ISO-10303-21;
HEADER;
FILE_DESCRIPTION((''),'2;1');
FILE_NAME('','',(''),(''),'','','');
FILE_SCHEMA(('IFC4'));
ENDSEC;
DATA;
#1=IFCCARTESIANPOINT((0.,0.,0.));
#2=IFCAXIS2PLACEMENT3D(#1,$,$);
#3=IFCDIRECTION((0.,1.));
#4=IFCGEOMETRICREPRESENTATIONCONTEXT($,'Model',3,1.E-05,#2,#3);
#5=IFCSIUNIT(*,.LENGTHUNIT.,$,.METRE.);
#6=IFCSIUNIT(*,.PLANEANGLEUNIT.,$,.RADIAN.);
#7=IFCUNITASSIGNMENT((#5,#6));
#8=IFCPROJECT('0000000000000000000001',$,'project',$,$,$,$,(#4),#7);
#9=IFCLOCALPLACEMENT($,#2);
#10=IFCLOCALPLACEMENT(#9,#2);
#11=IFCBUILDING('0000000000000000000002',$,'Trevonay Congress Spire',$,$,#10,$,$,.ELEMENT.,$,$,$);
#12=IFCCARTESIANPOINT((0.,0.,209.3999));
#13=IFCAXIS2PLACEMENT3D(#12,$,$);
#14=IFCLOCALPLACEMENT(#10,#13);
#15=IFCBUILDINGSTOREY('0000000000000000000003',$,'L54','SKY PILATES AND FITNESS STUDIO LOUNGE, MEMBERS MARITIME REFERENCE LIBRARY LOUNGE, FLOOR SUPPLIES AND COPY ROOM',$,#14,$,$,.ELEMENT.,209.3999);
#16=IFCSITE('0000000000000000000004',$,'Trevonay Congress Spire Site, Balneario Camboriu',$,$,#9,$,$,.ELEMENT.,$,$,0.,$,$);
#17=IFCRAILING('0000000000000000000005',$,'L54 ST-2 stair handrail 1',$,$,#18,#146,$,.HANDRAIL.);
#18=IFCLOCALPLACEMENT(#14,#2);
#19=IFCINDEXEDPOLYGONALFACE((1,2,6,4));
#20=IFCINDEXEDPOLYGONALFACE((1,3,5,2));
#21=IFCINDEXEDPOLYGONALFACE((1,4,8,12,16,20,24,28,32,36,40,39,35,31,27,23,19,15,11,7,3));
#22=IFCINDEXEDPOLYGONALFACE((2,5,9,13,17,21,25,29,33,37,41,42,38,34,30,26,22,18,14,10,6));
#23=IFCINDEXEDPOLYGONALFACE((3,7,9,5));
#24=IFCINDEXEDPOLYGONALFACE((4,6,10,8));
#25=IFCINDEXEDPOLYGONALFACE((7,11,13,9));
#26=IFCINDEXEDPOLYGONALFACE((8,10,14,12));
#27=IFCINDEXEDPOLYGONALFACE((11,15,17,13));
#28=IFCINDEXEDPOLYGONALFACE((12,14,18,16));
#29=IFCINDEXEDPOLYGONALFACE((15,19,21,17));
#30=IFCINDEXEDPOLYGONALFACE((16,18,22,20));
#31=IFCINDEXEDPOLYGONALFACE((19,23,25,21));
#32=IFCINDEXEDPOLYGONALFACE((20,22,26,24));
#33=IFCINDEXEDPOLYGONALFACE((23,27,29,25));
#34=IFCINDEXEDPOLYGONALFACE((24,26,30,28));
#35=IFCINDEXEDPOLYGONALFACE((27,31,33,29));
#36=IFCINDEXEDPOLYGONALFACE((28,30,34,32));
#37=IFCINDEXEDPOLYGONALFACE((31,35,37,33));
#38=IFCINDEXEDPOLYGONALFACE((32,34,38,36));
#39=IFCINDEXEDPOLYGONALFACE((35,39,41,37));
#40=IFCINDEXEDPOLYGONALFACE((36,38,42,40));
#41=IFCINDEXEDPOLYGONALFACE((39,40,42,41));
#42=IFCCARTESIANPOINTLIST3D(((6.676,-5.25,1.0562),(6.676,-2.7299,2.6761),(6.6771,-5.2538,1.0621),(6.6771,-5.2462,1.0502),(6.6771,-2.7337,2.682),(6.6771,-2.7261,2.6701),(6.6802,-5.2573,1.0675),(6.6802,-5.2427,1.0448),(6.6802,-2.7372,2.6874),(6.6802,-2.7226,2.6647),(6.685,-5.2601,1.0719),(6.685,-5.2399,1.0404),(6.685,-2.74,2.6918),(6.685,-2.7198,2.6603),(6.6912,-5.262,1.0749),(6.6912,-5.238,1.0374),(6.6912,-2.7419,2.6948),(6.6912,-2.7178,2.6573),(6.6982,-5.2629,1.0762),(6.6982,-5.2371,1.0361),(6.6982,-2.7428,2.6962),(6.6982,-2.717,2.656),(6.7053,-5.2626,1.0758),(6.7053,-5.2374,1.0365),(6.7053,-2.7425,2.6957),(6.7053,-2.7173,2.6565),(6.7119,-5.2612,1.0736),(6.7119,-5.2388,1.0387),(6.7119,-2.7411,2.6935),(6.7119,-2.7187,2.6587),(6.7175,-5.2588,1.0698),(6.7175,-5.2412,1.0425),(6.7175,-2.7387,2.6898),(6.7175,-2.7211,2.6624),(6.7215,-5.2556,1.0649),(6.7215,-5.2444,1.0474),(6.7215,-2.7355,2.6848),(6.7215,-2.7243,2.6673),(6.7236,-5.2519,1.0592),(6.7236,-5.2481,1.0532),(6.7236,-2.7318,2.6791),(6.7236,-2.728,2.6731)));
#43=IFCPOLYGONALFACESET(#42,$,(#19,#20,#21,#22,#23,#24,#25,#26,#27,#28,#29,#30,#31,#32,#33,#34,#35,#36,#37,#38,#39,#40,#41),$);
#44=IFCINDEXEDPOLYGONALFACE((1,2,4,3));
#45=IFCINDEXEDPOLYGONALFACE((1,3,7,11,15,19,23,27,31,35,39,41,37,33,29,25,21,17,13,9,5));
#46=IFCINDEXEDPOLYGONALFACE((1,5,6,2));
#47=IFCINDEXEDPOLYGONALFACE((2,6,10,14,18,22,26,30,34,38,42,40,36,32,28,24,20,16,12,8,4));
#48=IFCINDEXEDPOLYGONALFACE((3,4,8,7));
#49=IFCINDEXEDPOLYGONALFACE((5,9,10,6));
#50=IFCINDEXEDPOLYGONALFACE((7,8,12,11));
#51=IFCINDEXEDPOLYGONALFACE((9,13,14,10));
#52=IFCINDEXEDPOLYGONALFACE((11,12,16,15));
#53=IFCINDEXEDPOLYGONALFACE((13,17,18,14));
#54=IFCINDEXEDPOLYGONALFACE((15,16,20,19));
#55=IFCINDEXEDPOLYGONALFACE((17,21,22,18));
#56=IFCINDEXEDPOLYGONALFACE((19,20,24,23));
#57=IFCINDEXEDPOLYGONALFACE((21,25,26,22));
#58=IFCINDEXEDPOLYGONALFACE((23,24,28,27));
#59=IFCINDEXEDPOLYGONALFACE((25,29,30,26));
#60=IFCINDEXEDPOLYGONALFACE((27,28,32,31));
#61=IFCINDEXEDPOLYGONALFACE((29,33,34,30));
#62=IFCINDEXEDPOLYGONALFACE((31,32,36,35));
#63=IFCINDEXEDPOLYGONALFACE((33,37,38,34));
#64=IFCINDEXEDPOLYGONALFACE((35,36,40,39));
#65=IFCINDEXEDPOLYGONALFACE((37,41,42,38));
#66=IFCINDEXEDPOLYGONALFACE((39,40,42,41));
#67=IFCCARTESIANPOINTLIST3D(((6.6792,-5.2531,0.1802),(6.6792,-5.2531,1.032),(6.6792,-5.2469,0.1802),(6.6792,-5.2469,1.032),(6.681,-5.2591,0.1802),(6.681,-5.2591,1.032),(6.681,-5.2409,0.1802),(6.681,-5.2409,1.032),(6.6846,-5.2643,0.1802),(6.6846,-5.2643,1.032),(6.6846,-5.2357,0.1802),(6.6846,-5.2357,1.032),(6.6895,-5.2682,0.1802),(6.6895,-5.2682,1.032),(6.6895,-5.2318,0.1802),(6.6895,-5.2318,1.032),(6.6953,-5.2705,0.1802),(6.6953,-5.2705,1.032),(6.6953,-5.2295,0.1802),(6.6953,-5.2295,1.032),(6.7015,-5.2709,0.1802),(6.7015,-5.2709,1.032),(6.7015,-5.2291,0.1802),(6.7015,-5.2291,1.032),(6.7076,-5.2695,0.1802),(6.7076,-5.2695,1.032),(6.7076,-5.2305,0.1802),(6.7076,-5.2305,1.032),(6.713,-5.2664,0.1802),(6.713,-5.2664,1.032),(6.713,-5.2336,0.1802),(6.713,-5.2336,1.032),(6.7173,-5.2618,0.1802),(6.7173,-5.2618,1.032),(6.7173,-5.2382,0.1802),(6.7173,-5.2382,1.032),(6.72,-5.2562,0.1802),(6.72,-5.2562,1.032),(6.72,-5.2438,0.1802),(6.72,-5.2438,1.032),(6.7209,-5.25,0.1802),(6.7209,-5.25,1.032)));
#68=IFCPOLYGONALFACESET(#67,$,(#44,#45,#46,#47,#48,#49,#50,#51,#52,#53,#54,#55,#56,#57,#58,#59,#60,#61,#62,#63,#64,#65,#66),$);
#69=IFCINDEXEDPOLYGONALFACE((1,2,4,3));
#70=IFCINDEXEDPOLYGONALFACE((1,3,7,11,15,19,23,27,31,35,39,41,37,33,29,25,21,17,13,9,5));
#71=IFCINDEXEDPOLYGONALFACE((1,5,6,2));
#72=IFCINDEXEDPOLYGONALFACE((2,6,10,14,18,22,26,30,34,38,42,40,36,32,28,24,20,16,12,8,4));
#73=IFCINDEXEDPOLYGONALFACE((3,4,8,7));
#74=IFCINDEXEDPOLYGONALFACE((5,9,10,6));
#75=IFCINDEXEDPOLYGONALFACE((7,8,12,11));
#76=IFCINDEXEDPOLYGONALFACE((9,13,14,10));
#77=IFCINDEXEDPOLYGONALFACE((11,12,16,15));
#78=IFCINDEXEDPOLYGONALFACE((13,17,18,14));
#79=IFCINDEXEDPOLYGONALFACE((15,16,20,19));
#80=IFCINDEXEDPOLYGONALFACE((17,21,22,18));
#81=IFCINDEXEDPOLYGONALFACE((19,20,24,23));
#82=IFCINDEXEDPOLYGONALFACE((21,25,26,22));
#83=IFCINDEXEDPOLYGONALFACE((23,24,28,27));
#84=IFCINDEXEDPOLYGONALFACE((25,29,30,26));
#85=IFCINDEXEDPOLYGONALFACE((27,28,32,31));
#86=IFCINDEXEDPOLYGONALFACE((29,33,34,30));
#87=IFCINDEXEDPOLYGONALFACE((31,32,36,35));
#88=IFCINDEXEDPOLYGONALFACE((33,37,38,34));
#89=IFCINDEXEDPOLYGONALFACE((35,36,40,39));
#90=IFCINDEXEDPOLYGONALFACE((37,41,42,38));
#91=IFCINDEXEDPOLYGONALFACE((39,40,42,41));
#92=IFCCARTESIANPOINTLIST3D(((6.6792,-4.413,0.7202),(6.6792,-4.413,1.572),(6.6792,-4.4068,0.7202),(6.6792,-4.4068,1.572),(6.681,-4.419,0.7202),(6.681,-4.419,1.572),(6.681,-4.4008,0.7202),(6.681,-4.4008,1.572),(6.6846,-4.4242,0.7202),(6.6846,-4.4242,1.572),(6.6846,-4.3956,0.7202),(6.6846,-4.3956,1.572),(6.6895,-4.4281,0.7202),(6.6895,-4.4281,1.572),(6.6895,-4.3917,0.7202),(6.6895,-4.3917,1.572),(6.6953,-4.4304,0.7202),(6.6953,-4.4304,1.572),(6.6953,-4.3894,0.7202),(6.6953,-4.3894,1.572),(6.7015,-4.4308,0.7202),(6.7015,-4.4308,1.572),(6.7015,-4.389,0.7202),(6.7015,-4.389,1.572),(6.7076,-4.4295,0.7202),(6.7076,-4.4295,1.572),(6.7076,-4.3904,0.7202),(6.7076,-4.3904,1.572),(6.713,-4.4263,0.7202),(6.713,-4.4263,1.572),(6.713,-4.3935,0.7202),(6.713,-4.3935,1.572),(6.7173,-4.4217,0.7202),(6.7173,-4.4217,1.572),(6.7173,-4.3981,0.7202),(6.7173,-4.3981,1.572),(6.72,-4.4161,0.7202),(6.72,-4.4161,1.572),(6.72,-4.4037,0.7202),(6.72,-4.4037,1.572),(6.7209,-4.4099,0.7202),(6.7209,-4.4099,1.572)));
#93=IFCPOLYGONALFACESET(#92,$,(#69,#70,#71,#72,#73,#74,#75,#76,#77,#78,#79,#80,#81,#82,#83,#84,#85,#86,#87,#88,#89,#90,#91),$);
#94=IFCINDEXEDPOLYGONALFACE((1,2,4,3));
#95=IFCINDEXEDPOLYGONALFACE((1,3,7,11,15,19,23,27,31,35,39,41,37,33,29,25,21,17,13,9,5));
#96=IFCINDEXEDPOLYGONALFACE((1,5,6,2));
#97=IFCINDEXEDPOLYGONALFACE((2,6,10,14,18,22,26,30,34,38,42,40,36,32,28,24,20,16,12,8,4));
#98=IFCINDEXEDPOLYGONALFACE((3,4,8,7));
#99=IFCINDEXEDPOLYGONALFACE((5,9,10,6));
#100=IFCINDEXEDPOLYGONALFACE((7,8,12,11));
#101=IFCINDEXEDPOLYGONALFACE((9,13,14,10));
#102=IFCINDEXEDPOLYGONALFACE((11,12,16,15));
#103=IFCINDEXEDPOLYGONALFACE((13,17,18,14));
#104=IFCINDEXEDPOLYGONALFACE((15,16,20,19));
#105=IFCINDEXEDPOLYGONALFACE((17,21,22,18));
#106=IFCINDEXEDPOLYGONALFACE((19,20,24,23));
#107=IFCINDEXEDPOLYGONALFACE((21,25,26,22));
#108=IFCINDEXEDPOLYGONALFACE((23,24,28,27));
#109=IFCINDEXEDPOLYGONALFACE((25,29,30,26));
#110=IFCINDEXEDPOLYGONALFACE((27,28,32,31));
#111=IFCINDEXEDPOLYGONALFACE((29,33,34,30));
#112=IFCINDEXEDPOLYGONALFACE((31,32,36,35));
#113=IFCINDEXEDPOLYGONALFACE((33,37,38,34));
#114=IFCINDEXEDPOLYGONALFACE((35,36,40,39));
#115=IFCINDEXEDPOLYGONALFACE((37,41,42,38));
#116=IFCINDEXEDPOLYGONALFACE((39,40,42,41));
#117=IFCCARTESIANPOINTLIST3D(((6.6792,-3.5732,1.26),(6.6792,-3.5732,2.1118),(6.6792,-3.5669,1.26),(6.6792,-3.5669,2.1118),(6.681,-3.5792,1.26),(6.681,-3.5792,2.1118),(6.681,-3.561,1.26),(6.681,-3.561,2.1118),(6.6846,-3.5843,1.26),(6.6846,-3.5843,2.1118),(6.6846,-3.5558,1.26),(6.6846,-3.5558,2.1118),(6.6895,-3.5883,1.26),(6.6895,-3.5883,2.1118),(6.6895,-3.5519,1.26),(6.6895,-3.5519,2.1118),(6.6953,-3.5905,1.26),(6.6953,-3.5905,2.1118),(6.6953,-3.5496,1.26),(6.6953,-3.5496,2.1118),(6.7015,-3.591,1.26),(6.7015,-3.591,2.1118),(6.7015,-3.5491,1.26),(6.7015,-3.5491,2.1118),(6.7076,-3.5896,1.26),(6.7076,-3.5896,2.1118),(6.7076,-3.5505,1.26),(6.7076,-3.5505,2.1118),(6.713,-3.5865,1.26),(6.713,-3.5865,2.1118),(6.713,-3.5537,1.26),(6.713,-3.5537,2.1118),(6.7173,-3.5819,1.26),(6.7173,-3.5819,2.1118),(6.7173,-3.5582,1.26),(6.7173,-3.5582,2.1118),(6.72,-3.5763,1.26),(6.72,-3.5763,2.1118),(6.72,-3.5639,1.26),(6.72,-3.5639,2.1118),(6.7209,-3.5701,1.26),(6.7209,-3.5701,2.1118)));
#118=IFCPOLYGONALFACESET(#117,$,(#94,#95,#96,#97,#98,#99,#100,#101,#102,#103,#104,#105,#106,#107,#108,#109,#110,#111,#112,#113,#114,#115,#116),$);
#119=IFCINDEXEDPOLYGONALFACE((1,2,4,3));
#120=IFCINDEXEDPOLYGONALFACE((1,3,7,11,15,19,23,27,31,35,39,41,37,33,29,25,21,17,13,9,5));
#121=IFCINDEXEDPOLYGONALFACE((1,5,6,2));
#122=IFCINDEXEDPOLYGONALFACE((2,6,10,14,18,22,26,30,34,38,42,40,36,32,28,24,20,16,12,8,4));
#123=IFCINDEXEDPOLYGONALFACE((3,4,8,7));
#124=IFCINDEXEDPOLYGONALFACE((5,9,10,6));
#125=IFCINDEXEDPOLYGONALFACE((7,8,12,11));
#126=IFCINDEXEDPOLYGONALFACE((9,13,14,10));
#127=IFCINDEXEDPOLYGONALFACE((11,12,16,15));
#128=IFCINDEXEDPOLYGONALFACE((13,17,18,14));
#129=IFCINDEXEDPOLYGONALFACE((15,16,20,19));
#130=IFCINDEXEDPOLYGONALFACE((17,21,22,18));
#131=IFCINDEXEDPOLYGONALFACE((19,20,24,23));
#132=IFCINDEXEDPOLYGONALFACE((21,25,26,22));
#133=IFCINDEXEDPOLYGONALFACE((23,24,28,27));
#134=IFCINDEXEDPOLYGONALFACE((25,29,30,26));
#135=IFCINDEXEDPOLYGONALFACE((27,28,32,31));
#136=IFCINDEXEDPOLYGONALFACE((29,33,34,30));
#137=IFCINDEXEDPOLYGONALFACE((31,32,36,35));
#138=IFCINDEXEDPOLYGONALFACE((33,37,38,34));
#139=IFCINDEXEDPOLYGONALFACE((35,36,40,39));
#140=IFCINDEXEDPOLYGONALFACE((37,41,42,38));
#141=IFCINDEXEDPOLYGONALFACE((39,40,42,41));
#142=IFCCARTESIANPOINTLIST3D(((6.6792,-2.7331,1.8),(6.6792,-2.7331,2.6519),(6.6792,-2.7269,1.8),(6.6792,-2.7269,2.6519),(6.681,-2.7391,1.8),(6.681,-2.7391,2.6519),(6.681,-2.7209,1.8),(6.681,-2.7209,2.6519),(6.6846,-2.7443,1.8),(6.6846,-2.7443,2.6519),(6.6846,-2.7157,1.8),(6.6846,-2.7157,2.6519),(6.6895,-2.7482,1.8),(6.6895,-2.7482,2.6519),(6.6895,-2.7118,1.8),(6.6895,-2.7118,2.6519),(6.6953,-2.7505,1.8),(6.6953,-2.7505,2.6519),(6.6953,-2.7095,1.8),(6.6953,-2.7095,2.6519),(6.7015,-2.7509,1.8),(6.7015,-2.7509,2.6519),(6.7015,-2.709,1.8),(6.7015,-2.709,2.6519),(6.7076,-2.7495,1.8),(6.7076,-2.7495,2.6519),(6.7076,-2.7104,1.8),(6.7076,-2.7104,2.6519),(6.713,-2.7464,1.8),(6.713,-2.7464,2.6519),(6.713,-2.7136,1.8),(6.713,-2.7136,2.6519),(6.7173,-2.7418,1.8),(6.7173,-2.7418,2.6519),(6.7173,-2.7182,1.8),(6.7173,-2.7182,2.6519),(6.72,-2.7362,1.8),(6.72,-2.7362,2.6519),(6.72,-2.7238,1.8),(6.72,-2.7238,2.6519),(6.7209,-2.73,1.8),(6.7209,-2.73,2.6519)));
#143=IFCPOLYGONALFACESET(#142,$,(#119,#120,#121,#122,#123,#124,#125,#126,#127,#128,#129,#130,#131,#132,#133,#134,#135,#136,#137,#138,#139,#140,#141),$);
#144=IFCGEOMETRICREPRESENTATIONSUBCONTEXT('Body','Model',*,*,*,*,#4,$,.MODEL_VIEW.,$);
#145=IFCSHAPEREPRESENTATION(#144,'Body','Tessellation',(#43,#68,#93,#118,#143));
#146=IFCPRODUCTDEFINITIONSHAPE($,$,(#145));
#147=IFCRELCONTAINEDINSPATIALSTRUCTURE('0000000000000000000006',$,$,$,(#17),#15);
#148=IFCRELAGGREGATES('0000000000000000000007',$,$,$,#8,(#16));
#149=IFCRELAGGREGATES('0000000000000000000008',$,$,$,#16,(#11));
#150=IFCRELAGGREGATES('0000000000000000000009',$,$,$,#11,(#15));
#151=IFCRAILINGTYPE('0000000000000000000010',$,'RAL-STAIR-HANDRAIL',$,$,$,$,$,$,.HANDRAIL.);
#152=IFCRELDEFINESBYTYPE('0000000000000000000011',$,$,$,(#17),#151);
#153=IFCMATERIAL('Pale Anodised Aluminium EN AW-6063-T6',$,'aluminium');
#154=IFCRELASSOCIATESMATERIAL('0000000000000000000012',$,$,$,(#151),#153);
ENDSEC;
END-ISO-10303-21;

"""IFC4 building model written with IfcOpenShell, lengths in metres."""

from ifc_helpers import new_model, si_unit, direction, frame, origin, origin_2d, place, context, subcontext, project, spatial, circle, extrude, material, type_object, element, save


model = new_model("IFC4")

# Units and contexts
model_context = context("Model", 3, precision=1e-05, world=origin(), true_north=direction((0.0, 1.0)))
body_context = subcontext(model_context, "Body", "Model", "MODEL_VIEW")
ifc_project = project(units=[si_unit("LENGTHUNIT", "METRE"), si_unit("PLANEANGLEUNIT", "RADIAN")], contexts=[model_context])

# Site, building, storey
site_placement = place(None, origin())
site = spatial("IfcSite", under=ifc_project, at=site_placement, Name="Trevonay Congress Spire Site, Balneario Camboriu", CompositionType="ELEMENT", RefElevation=0.0)
building_placement = place(site_placement, origin())
building = spatial("IfcBuilding", under=site, at=building_placement, Name="Trevonay Congress Spire", CompositionType="ELEMENT")
storey_placement = place(building_placement, frame((0.0, 0.0, 209.3999)))
storey = spatial("IfcBuildingStorey", under=building, at=storey_placement, Name="L54", Description="SKY PILATES AND FITNESS STUDIO LOUNGE, MEMBERS MARITIME REFERENCE LIBRARY LOUNGE, FLOOR SUPPLIES AND COPY ROOM", CompositionType="ELEMENT", Elevation=209.3999)

# Shared definitions
ifc_material_1 = material(Name="Pale Anodised Aluminium EN AW-6063-T6", Category="aluminium")

# Railing
railing_type_1 = type_object("IfcRailingType", Name="RAL-STAIR-HANDRAIL", PredefinedType="HANDRAIL", material=ifc_material_1)
railing_1_placement = place(storey_placement, frame((6.7, -5.25, 0.1802)))
element("IfcRailing", 1, at=railing_1_placement, inside=storey, type_object=railing_type_1, Name="L54 ST-2 stair handrail 1", PredefinedType="HANDRAIL", context=body_context, shape_type="SweptSolid", body=[
    extrude(circle(Radius=0.0239, at=origin_2d()), frame((0.0, 0.0, 0.876), z_axis=(0.0, 0.8412, 0.540725), x_axis=(-1.0, 0.0, 0.0)), (0.0, 0.0, 1.0), 2.9958),
    extrude(circle(Radius=0.021, at=origin_2d()), origin(), (0.0, 0.0, 1.0), 0.8518),
    extrude(circle(Radius=0.021, at=origin_2d()), frame((0.0, 0.8401, 0.54)), (0.0, 0.0, 1.0), 0.8518),
    extrude(circle(Radius=0.021, at=origin_2d()), frame((0.0, 1.6799, 1.0798)), (0.0, 0.0, 1.0), 0.8518),
    extrude(circle(Radius=0.021, at=origin_2d()), frame((0.0, 2.52, 1.6199)), (0.0, 0.0, 1.0), 0.8518),
])

save(model, "model.ifc")
